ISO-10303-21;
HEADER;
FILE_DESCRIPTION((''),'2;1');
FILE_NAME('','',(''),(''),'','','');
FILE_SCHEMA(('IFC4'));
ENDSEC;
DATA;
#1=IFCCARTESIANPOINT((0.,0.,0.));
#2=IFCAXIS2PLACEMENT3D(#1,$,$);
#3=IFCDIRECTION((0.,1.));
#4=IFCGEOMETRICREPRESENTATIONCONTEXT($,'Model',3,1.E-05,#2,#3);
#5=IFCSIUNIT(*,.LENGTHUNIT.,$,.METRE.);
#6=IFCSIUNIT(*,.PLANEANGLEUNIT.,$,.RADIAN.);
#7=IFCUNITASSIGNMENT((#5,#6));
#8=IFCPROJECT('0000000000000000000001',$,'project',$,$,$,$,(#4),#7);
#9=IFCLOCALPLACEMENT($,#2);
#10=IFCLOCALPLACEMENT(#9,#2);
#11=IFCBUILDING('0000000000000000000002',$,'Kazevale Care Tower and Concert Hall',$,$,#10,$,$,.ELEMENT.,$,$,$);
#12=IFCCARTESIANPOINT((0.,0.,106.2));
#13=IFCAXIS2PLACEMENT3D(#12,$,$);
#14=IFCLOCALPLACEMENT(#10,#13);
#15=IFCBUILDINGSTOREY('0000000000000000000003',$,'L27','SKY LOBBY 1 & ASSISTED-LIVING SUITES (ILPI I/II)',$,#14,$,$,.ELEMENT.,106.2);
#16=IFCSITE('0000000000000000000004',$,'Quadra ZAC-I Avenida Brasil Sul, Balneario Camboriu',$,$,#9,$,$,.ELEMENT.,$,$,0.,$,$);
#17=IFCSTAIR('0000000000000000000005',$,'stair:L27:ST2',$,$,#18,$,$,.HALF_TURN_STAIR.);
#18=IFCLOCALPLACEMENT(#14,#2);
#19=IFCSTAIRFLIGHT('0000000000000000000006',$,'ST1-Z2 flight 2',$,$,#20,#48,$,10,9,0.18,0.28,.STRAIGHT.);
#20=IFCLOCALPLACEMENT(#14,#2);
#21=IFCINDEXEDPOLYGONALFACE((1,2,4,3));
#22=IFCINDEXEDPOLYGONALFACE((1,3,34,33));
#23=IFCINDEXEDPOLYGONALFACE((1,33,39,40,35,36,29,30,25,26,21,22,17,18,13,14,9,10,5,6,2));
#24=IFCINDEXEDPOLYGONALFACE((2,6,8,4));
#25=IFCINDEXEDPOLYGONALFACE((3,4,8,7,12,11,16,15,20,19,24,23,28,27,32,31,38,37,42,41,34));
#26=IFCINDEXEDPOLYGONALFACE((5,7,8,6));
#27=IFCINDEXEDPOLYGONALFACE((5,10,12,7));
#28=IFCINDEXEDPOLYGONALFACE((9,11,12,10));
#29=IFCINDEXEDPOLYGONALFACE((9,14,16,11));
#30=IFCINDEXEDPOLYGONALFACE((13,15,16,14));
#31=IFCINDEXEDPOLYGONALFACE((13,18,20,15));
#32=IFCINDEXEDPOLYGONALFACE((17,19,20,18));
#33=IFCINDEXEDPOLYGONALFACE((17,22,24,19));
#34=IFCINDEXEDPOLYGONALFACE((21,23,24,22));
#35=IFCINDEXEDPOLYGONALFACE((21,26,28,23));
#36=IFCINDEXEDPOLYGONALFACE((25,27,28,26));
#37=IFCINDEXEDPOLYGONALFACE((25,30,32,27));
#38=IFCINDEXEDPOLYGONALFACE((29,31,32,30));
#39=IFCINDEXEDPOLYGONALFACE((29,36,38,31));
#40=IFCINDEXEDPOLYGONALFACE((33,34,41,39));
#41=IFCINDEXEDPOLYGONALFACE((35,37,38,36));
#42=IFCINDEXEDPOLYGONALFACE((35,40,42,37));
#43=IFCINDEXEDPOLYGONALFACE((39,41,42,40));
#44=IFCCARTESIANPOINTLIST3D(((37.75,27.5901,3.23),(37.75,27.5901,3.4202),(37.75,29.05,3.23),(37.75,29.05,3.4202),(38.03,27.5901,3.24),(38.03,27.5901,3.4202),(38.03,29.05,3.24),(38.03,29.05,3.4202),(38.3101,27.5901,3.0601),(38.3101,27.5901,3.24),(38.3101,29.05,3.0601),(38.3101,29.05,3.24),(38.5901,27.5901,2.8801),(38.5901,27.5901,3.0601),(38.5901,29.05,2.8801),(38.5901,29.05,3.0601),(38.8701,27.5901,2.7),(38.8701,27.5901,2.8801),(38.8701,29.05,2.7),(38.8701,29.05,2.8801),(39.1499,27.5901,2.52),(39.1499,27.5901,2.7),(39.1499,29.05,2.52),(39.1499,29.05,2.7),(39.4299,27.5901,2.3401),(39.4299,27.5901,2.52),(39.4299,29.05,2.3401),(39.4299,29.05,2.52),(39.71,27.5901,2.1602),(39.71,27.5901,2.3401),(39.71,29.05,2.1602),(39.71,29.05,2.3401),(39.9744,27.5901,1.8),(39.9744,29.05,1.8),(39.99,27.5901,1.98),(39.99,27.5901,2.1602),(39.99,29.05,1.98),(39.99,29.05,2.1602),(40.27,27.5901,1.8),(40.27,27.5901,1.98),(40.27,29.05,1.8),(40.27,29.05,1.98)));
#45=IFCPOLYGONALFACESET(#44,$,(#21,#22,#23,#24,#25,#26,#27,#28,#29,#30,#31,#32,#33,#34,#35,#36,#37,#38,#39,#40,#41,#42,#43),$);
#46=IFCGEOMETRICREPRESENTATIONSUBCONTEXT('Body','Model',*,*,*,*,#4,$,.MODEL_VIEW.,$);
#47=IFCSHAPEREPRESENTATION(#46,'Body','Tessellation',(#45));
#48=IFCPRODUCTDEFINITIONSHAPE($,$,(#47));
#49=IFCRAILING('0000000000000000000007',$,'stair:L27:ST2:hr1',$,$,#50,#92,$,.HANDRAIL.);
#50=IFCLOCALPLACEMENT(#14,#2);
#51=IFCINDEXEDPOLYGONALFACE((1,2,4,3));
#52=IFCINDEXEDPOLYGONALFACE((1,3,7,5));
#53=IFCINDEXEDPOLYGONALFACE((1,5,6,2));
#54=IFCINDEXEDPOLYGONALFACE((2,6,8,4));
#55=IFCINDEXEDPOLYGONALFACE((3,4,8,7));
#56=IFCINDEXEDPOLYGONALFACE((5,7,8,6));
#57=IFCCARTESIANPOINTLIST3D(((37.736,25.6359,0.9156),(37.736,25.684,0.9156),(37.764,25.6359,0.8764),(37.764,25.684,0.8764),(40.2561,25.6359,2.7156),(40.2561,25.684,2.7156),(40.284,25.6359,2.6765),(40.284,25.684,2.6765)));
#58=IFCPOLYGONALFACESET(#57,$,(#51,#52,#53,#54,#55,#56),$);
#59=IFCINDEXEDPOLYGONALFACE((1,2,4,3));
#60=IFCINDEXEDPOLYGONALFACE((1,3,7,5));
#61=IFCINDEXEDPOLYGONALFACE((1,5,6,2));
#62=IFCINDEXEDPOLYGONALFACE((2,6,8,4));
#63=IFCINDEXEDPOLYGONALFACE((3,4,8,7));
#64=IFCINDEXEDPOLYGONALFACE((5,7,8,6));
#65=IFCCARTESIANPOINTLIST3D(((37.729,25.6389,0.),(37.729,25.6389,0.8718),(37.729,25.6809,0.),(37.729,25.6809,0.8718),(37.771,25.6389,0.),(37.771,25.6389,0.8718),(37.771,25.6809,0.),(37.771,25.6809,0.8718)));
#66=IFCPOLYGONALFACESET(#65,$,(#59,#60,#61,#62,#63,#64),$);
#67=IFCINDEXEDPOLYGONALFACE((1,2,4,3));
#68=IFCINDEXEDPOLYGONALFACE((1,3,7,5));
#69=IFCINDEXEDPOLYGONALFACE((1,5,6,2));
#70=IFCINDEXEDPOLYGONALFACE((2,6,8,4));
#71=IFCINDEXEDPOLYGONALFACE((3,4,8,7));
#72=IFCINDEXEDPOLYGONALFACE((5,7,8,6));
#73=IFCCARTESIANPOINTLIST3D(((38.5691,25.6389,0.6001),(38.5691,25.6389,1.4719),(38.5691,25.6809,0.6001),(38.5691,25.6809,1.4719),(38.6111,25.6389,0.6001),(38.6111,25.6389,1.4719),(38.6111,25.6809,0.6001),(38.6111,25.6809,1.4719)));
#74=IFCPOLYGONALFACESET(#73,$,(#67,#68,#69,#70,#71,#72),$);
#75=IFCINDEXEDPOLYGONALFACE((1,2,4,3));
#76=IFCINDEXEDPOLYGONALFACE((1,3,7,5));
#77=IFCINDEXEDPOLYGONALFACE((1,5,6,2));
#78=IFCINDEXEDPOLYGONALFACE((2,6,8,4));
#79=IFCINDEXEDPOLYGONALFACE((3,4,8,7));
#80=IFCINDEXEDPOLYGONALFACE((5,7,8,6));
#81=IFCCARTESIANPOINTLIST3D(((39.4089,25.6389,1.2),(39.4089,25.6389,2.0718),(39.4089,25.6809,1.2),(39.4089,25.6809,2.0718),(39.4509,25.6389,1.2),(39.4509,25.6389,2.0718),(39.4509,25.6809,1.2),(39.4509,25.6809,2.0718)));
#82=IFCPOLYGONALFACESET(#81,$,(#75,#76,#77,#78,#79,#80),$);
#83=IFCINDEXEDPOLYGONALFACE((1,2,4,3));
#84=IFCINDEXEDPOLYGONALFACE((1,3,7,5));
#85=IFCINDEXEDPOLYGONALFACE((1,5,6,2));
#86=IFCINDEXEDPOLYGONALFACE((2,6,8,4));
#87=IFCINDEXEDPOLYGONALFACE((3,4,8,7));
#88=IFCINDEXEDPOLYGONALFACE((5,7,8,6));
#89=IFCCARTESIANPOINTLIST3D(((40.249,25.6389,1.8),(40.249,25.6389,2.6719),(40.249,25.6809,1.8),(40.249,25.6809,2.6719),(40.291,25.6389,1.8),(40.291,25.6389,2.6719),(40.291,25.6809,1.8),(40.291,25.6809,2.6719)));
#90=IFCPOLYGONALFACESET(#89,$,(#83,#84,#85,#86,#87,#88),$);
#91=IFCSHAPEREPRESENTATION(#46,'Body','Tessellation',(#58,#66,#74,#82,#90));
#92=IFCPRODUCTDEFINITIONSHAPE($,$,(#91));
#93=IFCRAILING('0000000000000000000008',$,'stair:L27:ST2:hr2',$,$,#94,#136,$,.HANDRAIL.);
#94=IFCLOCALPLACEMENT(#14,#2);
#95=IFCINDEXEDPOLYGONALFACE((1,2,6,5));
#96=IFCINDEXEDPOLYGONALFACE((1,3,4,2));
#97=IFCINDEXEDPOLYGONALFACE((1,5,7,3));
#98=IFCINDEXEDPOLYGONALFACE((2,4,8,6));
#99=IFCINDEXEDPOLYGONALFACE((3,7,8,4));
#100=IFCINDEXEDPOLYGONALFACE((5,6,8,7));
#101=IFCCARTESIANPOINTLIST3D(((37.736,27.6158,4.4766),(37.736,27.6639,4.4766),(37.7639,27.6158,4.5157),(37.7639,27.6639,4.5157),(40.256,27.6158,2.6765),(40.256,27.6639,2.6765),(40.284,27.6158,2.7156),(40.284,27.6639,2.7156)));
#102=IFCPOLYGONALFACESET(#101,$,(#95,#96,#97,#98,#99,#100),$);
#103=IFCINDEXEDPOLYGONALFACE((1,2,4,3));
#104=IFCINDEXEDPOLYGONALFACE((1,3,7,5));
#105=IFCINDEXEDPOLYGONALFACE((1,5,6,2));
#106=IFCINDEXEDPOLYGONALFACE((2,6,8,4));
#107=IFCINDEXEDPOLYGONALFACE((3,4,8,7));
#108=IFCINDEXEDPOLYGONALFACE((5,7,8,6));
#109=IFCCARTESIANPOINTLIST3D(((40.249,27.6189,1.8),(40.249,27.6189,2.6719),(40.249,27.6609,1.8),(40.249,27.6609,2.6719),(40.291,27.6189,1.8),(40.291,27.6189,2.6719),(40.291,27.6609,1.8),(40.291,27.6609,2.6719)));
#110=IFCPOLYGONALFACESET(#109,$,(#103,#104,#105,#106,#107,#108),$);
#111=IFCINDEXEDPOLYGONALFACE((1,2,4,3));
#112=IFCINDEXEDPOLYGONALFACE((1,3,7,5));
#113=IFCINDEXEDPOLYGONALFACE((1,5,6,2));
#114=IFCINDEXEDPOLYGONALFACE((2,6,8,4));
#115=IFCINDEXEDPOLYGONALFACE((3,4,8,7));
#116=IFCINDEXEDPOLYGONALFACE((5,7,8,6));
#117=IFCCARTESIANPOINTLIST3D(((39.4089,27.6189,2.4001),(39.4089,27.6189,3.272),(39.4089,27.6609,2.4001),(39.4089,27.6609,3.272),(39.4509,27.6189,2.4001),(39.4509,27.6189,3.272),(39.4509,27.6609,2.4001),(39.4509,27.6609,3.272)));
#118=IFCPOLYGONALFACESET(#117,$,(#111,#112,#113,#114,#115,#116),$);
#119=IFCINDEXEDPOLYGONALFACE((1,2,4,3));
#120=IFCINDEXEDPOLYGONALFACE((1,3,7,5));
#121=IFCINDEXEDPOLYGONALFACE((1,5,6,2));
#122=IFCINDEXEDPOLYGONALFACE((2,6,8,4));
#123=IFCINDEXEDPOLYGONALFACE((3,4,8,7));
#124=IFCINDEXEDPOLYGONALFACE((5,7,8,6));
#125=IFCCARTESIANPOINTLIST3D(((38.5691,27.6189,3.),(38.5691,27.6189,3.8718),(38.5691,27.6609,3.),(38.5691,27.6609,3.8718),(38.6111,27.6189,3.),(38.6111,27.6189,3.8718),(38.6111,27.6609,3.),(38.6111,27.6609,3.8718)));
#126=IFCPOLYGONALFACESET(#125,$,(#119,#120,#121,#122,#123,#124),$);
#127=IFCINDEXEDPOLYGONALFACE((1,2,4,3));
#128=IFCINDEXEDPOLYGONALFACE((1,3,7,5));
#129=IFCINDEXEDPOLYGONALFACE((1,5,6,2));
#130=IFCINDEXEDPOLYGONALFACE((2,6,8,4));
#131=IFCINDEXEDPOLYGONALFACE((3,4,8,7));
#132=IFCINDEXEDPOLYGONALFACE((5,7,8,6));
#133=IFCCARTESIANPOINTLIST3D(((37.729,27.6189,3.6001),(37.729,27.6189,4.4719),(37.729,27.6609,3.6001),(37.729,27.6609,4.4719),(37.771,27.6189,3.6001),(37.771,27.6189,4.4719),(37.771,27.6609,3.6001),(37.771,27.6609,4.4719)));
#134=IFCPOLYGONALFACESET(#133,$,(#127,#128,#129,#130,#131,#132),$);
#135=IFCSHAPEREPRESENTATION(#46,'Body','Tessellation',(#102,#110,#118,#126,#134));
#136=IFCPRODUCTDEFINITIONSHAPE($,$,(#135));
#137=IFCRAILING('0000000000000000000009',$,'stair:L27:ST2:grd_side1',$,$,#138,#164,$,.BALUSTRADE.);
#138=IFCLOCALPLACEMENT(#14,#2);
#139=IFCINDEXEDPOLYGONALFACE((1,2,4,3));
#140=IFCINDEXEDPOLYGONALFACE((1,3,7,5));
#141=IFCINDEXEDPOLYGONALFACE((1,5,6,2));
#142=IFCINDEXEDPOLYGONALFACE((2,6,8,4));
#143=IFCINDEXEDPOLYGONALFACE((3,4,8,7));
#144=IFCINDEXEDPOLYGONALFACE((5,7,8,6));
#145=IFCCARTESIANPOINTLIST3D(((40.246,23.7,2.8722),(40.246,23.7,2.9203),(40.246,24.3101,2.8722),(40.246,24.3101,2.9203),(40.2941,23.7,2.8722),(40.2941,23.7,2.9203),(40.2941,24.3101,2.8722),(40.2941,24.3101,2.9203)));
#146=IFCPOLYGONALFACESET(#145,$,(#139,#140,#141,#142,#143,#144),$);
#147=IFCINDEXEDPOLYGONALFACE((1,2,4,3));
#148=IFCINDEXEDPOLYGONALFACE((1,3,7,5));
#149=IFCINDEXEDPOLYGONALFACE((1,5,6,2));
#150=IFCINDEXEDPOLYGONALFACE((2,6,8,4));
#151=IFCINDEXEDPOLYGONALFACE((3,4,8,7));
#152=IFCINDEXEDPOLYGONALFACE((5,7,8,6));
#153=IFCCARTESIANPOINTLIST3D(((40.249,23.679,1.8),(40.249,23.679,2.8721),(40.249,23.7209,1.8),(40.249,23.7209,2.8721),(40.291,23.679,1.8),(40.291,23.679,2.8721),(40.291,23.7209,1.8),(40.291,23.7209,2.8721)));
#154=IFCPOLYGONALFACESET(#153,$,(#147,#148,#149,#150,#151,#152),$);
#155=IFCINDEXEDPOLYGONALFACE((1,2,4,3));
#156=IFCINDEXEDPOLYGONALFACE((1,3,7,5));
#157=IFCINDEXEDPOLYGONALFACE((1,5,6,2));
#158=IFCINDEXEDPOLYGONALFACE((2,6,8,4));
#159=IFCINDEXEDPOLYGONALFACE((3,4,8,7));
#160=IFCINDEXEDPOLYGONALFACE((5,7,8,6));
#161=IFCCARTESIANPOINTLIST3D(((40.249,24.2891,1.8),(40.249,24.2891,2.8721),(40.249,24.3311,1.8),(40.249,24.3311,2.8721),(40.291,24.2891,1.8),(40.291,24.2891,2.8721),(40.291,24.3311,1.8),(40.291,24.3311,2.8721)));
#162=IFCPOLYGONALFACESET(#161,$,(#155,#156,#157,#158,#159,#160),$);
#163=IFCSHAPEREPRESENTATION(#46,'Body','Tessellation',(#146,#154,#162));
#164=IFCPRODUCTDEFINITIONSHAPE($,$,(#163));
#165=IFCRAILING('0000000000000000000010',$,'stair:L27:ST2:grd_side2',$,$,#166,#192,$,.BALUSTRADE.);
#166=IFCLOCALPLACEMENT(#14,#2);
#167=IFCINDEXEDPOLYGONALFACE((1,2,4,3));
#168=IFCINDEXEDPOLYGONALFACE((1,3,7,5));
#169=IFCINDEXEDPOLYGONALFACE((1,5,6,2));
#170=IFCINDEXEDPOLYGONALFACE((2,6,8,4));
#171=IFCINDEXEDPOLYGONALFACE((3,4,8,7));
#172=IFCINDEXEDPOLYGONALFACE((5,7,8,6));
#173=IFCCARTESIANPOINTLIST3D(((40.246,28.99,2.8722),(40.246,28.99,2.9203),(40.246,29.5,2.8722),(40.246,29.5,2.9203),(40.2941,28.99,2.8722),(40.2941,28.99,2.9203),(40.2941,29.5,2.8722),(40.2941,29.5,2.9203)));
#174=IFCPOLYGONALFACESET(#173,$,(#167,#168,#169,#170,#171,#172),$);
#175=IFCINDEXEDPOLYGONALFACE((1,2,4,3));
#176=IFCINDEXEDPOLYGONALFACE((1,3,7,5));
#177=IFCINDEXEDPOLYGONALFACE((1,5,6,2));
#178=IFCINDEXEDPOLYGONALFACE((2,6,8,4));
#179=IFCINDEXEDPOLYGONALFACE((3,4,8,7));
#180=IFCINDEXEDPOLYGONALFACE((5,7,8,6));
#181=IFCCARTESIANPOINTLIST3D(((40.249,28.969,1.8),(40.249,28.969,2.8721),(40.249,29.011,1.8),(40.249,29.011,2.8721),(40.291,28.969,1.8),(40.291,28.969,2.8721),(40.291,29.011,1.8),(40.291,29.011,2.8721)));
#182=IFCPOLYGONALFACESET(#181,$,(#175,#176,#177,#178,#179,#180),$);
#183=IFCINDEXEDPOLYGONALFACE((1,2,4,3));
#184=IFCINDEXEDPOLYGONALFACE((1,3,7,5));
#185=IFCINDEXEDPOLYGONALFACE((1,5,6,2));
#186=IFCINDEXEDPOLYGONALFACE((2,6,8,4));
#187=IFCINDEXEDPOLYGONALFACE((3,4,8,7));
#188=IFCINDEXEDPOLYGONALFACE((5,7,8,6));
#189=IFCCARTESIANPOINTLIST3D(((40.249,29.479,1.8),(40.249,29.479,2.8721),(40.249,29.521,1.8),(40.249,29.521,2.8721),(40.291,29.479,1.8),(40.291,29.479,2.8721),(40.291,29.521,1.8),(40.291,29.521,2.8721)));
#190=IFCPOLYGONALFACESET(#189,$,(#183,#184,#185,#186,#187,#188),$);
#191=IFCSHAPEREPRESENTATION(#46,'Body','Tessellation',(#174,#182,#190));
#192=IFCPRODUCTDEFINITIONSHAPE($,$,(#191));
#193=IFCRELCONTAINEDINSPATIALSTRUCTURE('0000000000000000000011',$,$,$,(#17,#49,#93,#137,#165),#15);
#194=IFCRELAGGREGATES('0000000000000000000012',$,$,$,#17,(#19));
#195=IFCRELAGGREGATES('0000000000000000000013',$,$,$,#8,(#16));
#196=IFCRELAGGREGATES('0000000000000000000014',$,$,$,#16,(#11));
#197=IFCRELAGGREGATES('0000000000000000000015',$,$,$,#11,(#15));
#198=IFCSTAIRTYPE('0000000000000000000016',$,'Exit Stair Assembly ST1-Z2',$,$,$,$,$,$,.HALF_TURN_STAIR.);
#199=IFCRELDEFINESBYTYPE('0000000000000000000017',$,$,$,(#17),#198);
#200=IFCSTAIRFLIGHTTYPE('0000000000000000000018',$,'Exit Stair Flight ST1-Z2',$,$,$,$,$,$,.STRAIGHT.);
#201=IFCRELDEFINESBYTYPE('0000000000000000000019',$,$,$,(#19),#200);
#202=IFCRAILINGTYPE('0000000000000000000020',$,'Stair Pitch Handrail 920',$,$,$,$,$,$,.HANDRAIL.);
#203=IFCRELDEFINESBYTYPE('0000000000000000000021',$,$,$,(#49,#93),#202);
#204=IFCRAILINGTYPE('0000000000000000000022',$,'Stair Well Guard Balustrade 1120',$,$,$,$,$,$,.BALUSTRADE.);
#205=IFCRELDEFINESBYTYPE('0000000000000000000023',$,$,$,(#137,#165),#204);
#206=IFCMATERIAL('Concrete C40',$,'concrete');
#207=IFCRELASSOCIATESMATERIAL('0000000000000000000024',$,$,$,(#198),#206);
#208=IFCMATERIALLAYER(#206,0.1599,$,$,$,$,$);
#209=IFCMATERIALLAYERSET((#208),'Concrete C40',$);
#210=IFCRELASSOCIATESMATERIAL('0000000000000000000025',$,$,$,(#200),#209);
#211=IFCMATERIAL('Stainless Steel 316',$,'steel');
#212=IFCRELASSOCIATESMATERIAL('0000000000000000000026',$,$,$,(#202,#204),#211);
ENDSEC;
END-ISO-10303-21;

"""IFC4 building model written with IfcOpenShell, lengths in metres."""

from ifc_helpers import new_model, si_unit, direction, frame, origin, origin_2d, place, context, subcontext, project, spatial, polyline, rectangle, outline, extrude, material, layer, layer_set, type_object, element, aggregate, save


model = new_model("IFC4")

# Units and contexts
model_context = context("Model", 3, precision=1e-05, world=origin(), true_north=direction((0.0, 1.0)))
body_context = subcontext(model_context, "Body", "Model", "MODEL_VIEW")
ifc_project = project(units=[si_unit("LENGTHUNIT", "METRE"), si_unit("PLANEANGLEUNIT", "RADIAN")], contexts=[model_context])

# Site, building, storey
site_placement = place(None, origin())
site = spatial("IfcSite", under=ifc_project, at=site_placement, Name="Quadra ZAC-I Avenida Brasil Sul, Balneario Camboriu", CompositionType="ELEMENT", RefElevation=0.0)
building_placement = place(site_placement, origin())
building = spatial("IfcBuilding", under=site, at=building_placement, Name="Kazevale Care Tower and Concert Hall", CompositionType="ELEMENT")
storey_placement = place(building_placement, frame((0.0, 0.0, 106.2)))
storey = spatial("IfcBuildingStorey", under=building, at=storey_placement, Name="L27", Description="SKY LOBBY 1 & ASSISTED-LIVING SUITES (ILPI I/II)", CompositionType="ELEMENT", Elevation=106.2)

# Shared definitions
ifc_material_1 = material(Name="Concrete C40", Category="concrete")

# Stair, stair flight
stair_type = type_object("IfcStairType", Name="Exit Stair Assembly ST1-Z2", PredefinedType="HALF_TURN_STAIR", material=ifc_material_1)
stair_placement = place(storey_placement, origin())
stair = element("IfcStair", 1, at=stair_placement, inside=storey, type_object=stair_type, Name="stair:L27:ST2", PredefinedType="HALF_TURN_STAIR")
ifc_layer_1 = layer(ifc_material_1, 0.1599)
ifc_layer_set_1 = layer_set([ifc_layer_1], Name="Concrete C40")
stair_flight_type = type_object("IfcStairFlightType", Name="Exit Stair Flight ST1-Z2", PredefinedType="STRAIGHT", material=ifc_layer_set_1)
stair_flight_1_placement = place(storey_placement, frame((40.27, 28.3201, 1.8), z_axis=(0.0, 0.0, 1.0), x_axis=(-1.0, 0.0, 0.0)))
stair_flight_1 = element("IfcStairFlight", 2, at=stair_flight_1_placement, type_object=stair_flight_type, Name="ST1-Z2 flight 2", NumberOfRisers=10, NumberOfTreads=9, PredefinedType="STRAIGHT", RiserHeight=0.18, TreadLength=0.28, context=body_context, shape_type="SweptSolid", body=[
    extrude(outline(polyline([(0.0, 0.0), (0.0, 0.1799), (0.28, 0.1799), (0.28, 0.3601), (0.5601, 0.3601), (0.5601, 0.54), (0.8401, 0.54), (0.8401, 0.72), (1.1201, 0.72), (1.1201, 0.8999), (1.3999, 0.8999), (1.3999, 1.0801), (1.6799, 1.0801), (1.6799, 1.26), (1.96, 1.26), (1.96, 1.4399), (2.24, 1.4399), (2.24, 1.6201), (2.52, 1.6201), (2.52, 1.8), (2.52, 1.4299), (0.2957, 0.0), (0.0, 0.0)])), frame((0.0, 0.73, 0.0), z_axis=(0.0, -1.0, 0.0), x_axis=(1.0, 0.0, 0.0)), (0.0, 0.0, 1.0), 1.46),
])
aggregate(stair, [stair_flight_1])

# Railings
ifc_material_2 = material(Name="Stainless Steel 316", Category="steel")
railing_type_1 = type_object("IfcRailingType", Name="Stair Pitch Handrail 920", PredefinedType="HANDRAIL", material=ifc_material_2)
railing_1_placement = place(storey_placement, frame((37.75, 25.6599, 0.0)))
element("IfcRailing", 3, at=railing_1_placement, inside=storey, type_object=railing_type_1, Name="stair:L27:ST2:hr1", PredefinedType="HANDRAIL", context=body_context, shape_type="SweptSolid", body=[
    extrude(rectangle(XDim=0.0481, YDim=0.0481, at=origin_2d()), frame((0.0, 0.0, 0.896), z_axis=(0.813728, 0.0, 0.581246), x_axis=(0.0, 1.0, 0.0)), (0.0, 0.0, 1.0), 3.0969),
    extrude(rectangle(XDim=0.042, YDim=0.042, at=origin_2d()), origin(), (0.0, 0.0, 1.0), 0.8718),
    extrude(rectangle(XDim=0.042, YDim=0.042, at=origin_2d()), frame((0.8401, 0.0, 0.6001)), (0.0, 0.0, 1.0), 0.8718),
    extrude(rectangle(XDim=0.042, YDim=0.042, at=origin_2d()), frame((1.6799, 0.0, 1.2)), (0.0, 0.0, 1.0), 0.8718),
    extrude(rectangle(XDim=0.042, YDim=0.042, at=origin_2d()), frame((2.52, 0.0, 1.8)), (0.0, 0.0, 1.0), 0.8718),
])
railing_2_placement = place(storey_placement, frame((40.27, 27.6399, 1.8)))
element("IfcRailing", 4, at=railing_2_placement, inside=storey, type_object=railing_type_1, Name="stair:L27:ST2:hr2", PredefinedType="HANDRAIL", context=body_context, shape_type="SweptSolid", body=[
    extrude(rectangle(XDim=0.0481, YDim=0.0481, at=origin_2d()), frame((0.0, 0.0, 0.896), z_axis=(-0.813728, 0.0, 0.581246), x_axis=(0.0, -1.0, 0.0)), (0.0, 0.0, 1.0), 3.0969),
    extrude(rectangle(XDim=0.042, YDim=0.042, at=origin_2d()), origin(), (0.0, 0.0, 1.0), 0.8718),
    extrude(rectangle(XDim=0.042, YDim=0.042, at=origin_2d()), frame((-0.8401, 0.0, 0.6001)), (0.0, 0.0, 1.0), 0.8718),
    extrude(rectangle(XDim=0.042, YDim=0.042, at=origin_2d()), frame((-1.6799, 0.0, 1.2)), (0.0, 0.0, 1.0), 0.8718),
    extrude(rectangle(XDim=0.042, YDim=0.042, at=origin_2d()), frame((-2.52, 0.0, 1.8)), (0.0, 0.0, 1.0), 0.8718),
])
railing_type_2 = type_object("IfcRailingType", Name="Stair Well Guard Balustrade 1120", PredefinedType="BALUSTRADE", material=ifc_material_2)
railing_3_placement = place(storey_placement, frame((40.27, 23.7, 1.8)))
element("IfcRailing", 5, at=railing_3_placement, inside=storey, type_object=railing_type_2, Name="stair:L27:ST2:grd_side1", PredefinedType="BALUSTRADE", context=body_context, shape_type="SweptSolid", body=[
    extrude(rectangle(XDim=0.0481, YDim=0.0481, at=origin_2d()), frame((0.0, 0.0, 1.0962), z_axis=(0.0, 1.0, 0.0), x_axis=(-1.0, 0.0, 0.0)), (0.0, 0.0, 1.0), 0.6101),
    extrude(rectangle(XDim=0.042, YDim=0.042, at=origin_2d()), origin(), (0.0, 0.0, 1.0), 1.072),
    extrude(rectangle(XDim=0.042, YDim=0.042, at=origin_2d()), frame((0.0, 0.6101, 0.0)), (0.0, 0.0, 1.0), 1.072),
])
railing_4_placement = place(storey_placement, frame((40.27, 28.99, 1.8)))
element("IfcRailing", 6, at=railing_4_placement, inside=storey, type_object=railing_type_2, Name="stair:L27:ST2:grd_side2", PredefinedType="BALUSTRADE", context=body_context, shape_type="SweptSolid", body=[
    extrude(rectangle(XDim=0.0481, YDim=0.0481, at=origin_2d()), frame((0.0, 0.0, 1.0962), z_axis=(0.0, 1.0, 0.0), x_axis=(-1.0, 0.0, 0.0)), (0.0, 0.0, 1.0), 0.51),
    extrude(rectangle(XDim=0.042, YDim=0.042, at=origin_2d()), origin(), (0.0, 0.0, 1.0), 1.072),
    extrude(rectangle(XDim=0.042, YDim=0.042, at=origin_2d()), frame((0.0, 0.51, 0.0)), (0.0, 0.0, 1.0), 1.072),
])

save(model, "model.ifc")
